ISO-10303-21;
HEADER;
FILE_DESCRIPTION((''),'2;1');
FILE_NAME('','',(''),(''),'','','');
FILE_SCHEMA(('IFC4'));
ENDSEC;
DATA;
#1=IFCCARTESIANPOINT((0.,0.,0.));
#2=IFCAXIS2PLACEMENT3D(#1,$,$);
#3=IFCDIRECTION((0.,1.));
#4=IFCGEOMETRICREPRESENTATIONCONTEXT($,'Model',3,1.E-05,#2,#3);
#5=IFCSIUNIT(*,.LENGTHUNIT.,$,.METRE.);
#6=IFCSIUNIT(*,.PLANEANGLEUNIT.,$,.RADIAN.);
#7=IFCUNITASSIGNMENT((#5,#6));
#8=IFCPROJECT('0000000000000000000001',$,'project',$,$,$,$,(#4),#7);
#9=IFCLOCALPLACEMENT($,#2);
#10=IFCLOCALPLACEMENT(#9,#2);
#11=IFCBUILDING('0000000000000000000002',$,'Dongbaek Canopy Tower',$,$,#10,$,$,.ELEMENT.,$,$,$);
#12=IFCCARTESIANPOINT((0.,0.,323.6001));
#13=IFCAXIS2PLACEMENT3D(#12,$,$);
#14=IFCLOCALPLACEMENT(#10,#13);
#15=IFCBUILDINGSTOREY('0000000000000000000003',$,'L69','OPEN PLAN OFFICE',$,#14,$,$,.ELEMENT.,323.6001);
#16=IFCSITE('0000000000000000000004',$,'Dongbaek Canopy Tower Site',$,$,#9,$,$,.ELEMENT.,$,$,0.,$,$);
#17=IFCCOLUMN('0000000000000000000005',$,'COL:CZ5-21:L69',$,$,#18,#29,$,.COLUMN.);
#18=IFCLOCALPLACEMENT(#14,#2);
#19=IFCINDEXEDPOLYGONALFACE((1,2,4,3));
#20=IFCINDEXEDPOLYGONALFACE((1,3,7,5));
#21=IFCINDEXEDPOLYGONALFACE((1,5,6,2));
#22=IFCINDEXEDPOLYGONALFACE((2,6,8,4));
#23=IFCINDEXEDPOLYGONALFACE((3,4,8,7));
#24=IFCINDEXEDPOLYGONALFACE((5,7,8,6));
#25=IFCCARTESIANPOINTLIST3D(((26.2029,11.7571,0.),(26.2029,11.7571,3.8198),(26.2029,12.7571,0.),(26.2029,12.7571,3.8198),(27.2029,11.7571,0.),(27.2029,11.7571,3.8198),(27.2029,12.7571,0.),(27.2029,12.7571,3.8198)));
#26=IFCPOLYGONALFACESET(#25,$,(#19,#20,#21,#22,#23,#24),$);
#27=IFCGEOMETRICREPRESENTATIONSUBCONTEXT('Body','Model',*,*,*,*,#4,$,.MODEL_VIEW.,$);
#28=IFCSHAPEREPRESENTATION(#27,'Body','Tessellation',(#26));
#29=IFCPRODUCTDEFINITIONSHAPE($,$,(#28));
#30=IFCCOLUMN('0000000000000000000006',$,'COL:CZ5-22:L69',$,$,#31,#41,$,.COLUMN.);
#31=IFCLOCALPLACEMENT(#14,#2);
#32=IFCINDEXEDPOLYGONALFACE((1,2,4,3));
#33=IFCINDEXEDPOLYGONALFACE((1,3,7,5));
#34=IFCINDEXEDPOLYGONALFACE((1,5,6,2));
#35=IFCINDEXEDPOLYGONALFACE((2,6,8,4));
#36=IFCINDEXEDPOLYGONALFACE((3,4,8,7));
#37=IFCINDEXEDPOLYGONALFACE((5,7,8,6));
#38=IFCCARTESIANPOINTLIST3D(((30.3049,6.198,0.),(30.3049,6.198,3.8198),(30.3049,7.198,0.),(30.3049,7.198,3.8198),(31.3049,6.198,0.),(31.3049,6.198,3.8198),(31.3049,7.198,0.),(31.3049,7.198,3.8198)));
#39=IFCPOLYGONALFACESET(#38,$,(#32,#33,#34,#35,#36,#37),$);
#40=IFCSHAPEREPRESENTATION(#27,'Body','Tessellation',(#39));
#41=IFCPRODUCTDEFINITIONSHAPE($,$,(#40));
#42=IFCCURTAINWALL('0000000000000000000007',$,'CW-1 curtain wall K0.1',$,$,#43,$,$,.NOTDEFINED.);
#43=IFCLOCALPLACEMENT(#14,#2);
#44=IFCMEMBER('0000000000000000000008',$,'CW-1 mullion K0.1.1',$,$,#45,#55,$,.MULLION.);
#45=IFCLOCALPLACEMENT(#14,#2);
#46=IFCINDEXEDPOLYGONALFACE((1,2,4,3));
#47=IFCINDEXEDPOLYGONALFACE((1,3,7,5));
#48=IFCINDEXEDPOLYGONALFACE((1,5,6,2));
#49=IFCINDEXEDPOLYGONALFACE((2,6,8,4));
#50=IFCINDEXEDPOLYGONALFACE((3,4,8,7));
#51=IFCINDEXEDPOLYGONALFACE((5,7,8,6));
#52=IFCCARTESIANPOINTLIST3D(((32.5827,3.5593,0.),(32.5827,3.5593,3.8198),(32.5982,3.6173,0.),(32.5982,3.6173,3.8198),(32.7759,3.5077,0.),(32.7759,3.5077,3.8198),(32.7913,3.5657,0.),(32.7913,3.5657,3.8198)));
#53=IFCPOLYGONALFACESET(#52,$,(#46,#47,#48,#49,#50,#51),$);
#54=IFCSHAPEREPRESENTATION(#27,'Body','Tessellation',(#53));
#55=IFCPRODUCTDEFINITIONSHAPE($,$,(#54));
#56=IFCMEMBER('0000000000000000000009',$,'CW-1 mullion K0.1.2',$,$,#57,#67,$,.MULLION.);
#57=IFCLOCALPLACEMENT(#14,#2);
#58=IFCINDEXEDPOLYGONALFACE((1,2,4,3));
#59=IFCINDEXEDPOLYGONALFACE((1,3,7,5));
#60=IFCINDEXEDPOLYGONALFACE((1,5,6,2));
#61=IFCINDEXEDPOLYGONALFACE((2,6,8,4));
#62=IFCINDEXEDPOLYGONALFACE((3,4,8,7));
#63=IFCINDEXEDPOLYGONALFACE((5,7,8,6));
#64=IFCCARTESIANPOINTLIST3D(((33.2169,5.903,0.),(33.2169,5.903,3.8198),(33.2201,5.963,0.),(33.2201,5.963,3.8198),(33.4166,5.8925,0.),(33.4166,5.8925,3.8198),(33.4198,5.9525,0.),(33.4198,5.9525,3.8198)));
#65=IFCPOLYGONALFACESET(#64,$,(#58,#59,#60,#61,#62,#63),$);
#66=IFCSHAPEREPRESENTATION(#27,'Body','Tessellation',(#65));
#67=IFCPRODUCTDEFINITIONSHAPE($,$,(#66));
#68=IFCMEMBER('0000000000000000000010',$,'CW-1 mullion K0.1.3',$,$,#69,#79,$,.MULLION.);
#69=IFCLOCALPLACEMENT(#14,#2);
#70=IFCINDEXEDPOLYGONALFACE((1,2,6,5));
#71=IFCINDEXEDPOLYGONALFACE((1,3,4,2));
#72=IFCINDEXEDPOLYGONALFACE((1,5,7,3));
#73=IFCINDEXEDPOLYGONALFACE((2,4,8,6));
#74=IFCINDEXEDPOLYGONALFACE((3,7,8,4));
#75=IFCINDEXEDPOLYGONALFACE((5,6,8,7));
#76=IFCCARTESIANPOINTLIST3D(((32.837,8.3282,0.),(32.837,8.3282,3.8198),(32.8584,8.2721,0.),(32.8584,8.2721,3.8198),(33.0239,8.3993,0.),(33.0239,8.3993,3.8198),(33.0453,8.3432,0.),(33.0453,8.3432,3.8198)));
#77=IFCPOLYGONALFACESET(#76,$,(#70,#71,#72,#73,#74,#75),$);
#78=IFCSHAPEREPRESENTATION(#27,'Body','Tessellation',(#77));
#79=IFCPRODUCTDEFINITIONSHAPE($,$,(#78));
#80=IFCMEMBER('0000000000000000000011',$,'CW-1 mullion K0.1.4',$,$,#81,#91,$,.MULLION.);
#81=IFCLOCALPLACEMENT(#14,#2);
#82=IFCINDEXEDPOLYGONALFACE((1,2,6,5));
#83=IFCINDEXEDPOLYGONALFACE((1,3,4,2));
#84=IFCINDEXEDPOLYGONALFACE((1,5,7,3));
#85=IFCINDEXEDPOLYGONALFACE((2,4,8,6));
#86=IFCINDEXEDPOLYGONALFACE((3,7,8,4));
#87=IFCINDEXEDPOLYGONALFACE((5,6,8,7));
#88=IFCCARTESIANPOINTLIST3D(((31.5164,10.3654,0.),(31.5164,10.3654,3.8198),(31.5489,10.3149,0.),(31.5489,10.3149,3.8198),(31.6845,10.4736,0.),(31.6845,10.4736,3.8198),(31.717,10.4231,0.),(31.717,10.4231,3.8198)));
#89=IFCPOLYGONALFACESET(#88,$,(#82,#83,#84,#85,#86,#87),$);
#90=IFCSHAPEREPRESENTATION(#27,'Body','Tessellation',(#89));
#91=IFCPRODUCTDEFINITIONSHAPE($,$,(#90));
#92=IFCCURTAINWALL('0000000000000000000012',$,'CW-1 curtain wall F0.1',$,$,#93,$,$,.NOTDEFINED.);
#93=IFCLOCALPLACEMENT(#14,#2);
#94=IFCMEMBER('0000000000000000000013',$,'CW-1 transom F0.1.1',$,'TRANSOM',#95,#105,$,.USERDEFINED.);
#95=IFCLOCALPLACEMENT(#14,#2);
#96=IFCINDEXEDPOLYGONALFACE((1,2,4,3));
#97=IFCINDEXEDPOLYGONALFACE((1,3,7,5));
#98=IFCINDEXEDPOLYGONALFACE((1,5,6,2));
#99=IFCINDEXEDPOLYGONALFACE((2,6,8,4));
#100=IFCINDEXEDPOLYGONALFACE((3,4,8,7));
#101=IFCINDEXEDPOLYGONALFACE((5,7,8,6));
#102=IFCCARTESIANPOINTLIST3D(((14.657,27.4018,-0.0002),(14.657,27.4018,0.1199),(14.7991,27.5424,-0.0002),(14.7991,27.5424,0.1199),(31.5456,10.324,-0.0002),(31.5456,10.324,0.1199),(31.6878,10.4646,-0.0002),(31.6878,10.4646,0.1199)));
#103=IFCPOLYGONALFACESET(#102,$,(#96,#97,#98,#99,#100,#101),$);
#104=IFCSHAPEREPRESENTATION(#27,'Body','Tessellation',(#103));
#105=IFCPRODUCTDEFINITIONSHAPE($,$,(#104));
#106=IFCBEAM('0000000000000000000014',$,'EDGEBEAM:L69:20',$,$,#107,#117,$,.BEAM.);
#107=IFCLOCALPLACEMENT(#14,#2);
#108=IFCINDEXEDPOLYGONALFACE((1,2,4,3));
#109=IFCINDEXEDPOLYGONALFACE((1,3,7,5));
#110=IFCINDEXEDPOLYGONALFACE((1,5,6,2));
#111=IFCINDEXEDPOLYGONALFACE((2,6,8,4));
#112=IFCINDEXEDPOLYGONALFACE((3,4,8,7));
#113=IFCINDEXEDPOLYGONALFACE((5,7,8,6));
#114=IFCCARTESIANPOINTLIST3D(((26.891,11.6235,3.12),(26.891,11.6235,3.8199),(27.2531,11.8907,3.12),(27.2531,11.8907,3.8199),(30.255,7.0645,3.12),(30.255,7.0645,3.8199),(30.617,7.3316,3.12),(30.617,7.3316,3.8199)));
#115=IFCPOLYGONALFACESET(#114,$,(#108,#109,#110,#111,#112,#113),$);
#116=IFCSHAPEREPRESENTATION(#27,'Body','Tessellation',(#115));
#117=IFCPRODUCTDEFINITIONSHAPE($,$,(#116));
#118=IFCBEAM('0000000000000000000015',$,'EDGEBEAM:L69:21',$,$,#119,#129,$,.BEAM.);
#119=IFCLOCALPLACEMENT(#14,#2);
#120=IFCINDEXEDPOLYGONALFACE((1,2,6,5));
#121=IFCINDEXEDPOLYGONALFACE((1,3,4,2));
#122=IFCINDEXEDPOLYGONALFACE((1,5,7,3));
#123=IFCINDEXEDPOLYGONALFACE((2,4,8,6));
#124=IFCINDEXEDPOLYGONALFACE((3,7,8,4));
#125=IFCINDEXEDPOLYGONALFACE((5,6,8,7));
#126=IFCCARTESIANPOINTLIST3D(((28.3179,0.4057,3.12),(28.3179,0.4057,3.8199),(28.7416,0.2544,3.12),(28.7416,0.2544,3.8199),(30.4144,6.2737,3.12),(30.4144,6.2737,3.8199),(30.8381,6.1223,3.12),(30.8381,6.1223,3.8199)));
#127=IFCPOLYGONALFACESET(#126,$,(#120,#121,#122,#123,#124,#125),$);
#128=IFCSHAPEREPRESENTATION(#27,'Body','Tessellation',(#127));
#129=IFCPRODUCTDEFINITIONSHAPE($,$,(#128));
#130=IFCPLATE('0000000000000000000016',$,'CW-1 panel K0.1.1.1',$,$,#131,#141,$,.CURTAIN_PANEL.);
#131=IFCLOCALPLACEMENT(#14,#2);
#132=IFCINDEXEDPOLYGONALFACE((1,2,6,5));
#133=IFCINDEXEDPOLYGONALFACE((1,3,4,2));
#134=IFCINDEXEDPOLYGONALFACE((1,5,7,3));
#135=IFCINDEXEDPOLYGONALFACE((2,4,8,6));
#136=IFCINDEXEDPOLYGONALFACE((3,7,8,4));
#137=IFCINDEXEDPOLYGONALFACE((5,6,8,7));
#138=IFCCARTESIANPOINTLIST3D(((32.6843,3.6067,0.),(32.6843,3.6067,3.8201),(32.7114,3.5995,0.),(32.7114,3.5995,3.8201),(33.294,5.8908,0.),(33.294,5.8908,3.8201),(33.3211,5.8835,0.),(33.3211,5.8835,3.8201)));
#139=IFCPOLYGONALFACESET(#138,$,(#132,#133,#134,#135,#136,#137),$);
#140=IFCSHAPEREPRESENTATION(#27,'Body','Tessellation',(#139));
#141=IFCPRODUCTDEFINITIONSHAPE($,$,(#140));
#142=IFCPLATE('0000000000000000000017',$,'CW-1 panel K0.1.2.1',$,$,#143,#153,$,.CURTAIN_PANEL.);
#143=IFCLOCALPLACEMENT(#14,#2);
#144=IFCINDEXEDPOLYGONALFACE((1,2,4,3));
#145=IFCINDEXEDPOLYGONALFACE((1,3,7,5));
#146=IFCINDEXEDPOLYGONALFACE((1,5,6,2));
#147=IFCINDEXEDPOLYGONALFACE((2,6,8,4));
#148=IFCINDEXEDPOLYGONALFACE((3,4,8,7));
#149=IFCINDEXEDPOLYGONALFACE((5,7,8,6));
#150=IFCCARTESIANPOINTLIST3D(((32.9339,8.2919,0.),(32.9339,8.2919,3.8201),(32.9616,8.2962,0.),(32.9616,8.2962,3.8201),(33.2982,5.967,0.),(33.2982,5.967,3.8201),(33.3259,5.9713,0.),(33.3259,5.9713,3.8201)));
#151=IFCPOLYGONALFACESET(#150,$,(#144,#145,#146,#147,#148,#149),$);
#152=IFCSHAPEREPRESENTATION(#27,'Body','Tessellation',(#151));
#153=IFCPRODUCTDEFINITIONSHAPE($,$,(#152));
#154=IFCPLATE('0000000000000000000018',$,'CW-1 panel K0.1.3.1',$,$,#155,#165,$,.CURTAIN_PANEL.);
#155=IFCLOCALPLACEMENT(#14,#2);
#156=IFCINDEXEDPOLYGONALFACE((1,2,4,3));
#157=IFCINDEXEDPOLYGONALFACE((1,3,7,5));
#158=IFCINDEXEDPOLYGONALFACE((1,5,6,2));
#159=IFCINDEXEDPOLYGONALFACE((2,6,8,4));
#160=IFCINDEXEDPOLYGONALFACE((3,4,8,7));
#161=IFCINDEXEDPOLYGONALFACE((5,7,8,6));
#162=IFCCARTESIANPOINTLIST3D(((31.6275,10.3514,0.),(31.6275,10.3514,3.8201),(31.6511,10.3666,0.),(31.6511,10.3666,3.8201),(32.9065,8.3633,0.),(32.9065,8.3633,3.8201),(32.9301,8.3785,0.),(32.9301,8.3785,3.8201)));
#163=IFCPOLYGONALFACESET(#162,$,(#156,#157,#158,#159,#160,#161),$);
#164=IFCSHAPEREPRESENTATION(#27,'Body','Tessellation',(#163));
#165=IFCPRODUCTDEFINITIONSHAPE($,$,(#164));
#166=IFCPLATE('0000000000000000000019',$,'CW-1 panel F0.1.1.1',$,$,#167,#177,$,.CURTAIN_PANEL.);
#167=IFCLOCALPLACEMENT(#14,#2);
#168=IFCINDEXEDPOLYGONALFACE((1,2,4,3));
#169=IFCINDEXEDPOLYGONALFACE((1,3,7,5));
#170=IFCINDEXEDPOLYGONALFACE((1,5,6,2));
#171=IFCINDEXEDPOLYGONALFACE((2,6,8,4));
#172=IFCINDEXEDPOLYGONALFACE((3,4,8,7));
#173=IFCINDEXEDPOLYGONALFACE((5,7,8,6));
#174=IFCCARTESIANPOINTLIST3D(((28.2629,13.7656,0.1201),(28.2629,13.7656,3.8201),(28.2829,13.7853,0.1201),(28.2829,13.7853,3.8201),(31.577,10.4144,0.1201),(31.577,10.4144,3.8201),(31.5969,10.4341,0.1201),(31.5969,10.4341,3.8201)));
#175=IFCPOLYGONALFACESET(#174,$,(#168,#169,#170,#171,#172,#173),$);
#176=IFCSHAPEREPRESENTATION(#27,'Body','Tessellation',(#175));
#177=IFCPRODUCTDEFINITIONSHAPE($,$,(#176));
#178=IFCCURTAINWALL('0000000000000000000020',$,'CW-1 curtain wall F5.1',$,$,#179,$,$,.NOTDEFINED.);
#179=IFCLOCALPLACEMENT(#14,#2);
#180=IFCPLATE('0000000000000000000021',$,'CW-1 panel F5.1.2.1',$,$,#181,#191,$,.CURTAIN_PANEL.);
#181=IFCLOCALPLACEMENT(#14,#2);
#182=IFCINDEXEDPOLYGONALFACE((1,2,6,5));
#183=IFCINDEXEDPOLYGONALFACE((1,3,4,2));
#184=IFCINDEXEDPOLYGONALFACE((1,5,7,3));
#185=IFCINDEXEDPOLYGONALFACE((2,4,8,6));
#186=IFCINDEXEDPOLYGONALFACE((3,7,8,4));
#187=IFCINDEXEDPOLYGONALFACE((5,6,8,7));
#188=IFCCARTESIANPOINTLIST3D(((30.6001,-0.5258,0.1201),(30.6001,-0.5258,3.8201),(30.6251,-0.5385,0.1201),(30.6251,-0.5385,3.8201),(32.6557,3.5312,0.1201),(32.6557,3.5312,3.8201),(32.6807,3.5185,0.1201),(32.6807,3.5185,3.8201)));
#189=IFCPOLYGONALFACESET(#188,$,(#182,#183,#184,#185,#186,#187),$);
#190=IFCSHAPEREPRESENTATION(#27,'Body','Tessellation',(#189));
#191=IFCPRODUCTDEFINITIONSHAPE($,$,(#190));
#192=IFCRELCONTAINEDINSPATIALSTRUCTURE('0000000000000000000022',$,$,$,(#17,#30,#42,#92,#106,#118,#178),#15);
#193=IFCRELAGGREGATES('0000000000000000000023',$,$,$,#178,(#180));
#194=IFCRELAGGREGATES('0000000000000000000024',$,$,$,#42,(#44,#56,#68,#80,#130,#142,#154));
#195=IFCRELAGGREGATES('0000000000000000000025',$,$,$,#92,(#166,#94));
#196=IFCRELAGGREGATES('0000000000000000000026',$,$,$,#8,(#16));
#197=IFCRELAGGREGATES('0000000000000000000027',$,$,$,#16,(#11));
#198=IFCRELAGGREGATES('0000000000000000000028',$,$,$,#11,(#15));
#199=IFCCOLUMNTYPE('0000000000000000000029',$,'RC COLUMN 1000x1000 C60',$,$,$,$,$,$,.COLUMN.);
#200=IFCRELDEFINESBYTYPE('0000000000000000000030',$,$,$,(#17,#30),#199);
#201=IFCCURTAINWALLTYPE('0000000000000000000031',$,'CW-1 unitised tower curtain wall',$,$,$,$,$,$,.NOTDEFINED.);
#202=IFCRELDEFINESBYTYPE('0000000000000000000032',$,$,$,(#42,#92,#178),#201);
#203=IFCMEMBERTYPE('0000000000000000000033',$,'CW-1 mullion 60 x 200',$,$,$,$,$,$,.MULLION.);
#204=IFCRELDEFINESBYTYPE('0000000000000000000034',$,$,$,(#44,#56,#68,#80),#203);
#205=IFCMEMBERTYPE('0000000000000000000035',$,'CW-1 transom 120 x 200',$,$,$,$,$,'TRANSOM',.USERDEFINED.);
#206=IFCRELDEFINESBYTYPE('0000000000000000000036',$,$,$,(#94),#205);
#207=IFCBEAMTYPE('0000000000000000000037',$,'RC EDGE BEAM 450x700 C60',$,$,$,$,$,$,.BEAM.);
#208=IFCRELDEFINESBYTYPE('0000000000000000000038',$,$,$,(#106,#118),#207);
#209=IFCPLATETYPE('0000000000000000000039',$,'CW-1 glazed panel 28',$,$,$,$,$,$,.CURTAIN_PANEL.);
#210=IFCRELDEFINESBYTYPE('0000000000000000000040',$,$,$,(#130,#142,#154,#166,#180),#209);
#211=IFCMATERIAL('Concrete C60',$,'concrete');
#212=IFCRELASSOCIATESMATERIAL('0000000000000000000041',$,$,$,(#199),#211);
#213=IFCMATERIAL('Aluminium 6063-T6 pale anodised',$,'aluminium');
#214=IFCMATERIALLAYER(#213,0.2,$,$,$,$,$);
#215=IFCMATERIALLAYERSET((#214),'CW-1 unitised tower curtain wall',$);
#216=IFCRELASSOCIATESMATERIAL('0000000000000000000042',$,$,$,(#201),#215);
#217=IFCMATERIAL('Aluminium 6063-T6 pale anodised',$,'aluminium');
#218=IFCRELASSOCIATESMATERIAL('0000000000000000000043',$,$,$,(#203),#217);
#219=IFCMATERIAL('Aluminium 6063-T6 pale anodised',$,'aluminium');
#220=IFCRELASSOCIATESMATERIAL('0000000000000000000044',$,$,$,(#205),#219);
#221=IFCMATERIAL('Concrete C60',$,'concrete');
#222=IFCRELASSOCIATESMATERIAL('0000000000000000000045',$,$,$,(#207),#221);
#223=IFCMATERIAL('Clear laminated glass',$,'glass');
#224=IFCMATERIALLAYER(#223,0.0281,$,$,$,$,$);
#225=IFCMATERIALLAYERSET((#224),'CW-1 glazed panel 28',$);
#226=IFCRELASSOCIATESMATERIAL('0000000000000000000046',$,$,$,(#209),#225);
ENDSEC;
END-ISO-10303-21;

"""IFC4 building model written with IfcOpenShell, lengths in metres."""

from ifc_helpers import new_model, si_unit, direction, frame, origin, origin_2d, place, context, subcontext, project, spatial, rectangle, extrude, material, layer, layer_set, material_profile, profile_set, type_object, element, aggregate, save


model = new_model("IFC4")

# Units and contexts
model_context = context("Model", 3, precision=1e-05, world=origin(), true_north=direction((0.0, 1.0)))
body_context = subcontext(model_context, "Body", "Model", "MODEL_VIEW")
ifc_project = project(units=[si_unit("LENGTHUNIT", "METRE"), si_unit("PLANEANGLEUNIT", "RADIAN")], contexts=[model_context])

# Site, building, storey
site_placement = place(None, origin())
site = spatial("IfcSite", under=ifc_project, at=site_placement, Name="Dongbaek Canopy Tower Site", CompositionType="ELEMENT", RefElevation=0.0)
building_placement = place(site_placement, origin())
building = spatial("IfcBuilding", under=site, at=building_placement, Name="Dongbaek Canopy Tower", CompositionType="ELEMENT")
storey_placement = place(building_placement, frame((0.0, 0.0, 323.6001)))
storey = spatial("IfcBuildingStorey", under=building, at=storey_placement, Name="L69", Description="OPEN PLAN OFFICE", CompositionType="ELEMENT", Elevation=323.6001)

# Columns
ifc_material_1 = material(Name="Concrete C60", Category="concrete")
ifc_material_profile_1 = material_profile(ifc_material_1, rectangle(XDim=1.0, YDim=1.0, at=origin_2d()), Name="RC COLUMN 1000x1000 C60")
ifc_profile_set_1 = profile_set([ifc_material_profile_1], Name="Concrete C60")
column_type = type_object("IfcColumnType", Name="RC COLUMN 1000x1000 C60", PredefinedType="COLUMN", material=ifc_profile_set_1)
for number, where, z_axis, x_axis, name in (
    (1, (26.7029, 12.2571, 0.0), (0.0, 0.0, 1.0), (1.0, 0.0, 0.0), "COL:CZ5-21:L69"),
    (2, (30.8049, 6.698, 0.0), (0.0, 0.0, 1.0), (1.0, 0.0, 0.0), "COL:CZ5-22:L69"),
):
    element("IfcColumn", number, at=place(storey_placement, frame(where, z_axis=z_axis, x_axis=x_axis)), inside=storey, type_object=column_type, Name=name, PredefinedType="COLUMN", context=body_context, shape_type="SweptSolid", body=[
        extrude(rectangle(XDim=1.0, YDim=1.0, at=origin_2d()), origin(), (0.0, 0.0, 1.0), 3.8198),
    ])

# Curtain wall, members
ifc_material_2 = material(Name="Aluminium 6063-T6 pale anodised", Category="aluminium")
ifc_layer_1 = layer(ifc_material_2, 0.2)
ifc_layer_set_1 = layer_set([ifc_layer_1], Name="CW-1 unitised tower curtain wall")
curtain_wall_type = type_object("IfcCurtainWallType", Name="CW-1 unitised tower curtain wall", PredefinedType="NOTDEFINED", material=ifc_layer_set_1)
curtain_wall_1_placement = place(storey_placement, origin())
curtain_wall_1 = element("IfcCurtainWall", 3, at=curtain_wall_1_placement, inside=storey, type_object=curtain_wall_type, Name="CW-1 curtain wall K0.1", PredefinedType="NOTDEFINED")
ifc_material_3 = material(Name="Aluminium 6063-T6 pale anodised", Category="aluminium")
ifc_material_profile_2 = material_profile(ifc_material_3, rectangle(XDim=0.2, YDim=0.0601, at=origin_2d()), Name="CW-1 mullion 60 x 200")
ifc_profile_set_2 = profile_set([ifc_material_profile_2], Name="Aluminium 6063-T6 pale anodised")
member_type_1 = type_object("IfcMemberType", Name="CW-1 mullion 60 x 200", PredefinedType="MULLION", material=ifc_profile_set_2)
member_1_placement = place(storey_placement, frame((32.687, 3.5625, 0.0), z_axis=(0.0, 0.0, 1.0), x_axis=(0.966174, -0.257892, 0.0)))
member_1 = element("IfcMember", 4, at=member_1_placement, type_object=member_type_1, Name="CW-1 mullion K0.1.1", PredefinedType="MULLION", context=body_context, shape_type="SweptSolid", body=[
    extrude(rectangle(XDim=0.2, YDim=0.0601, at=origin_2d()), origin(), (0.0, 0.0, 1.0), 3.8198),
])
member_2_placement = place(storey_placement, frame((33.3184, 5.9277, 0.0), z_axis=(0.0, 0.0, 1.0), x_axis=(0.998611, -0.052682, 0.0)))
member_2 = element("IfcMember", 5, at=member_2_placement, type_object=member_type_1, Name="CW-1 mullion K0.1.2", PredefinedType="MULLION", context=body_context, shape_type="SweptSolid", body=[
    extrude(rectangle(XDim=0.2, YDim=0.0601, at=origin_2d()), origin(), (0.0, 0.0, 1.0), 3.8198),
])
member_3_placement = place(storey_placement, frame((32.9412, 8.3357, 0.0), z_axis=(0.0, 0.0, 1.0), x_axis=(0.934637, 0.355604, 0.0)))
member_3 = element("IfcMember", 6, at=member_3_placement, type_object=member_type_1, Name="CW-1 mullion K0.1.3", PredefinedType="MULLION", context=body_context, shape_type="SweptSolid", body=[
    extrude(rectangle(XDim=0.2, YDim=0.0601, at=origin_2d()), origin(), (0.0, 0.0, 1.0), 3.8198),
])
member_4_placement = place(storey_placement, frame((31.6167, 10.3943, 0.0), z_axis=(0.0, 0.0, 1.0), x_axis=(0.840986, 0.541057, 0.0)))
member_4 = element("IfcMember", 7, at=member_4_placement, type_object=member_type_1, Name="CW-1 mullion K0.1.4", PredefinedType="MULLION", context=body_context, shape_type="SweptSolid", body=[
    extrude(rectangle(XDim=0.2, YDim=0.0601, at=origin_2d()), origin(), (0.0, 0.0, 1.0), 3.8198),
])

# Curtain wall, member
curtain_wall_2_placement = place(storey_placement, origin())
curtain_wall_2 = element("IfcCurtainWall", 8, at=curtain_wall_2_placement, inside=storey, type_object=curtain_wall_type, Name="CW-1 curtain wall F0.1", PredefinedType="NOTDEFINED")
ifc_material_4 = material(Name="Aluminium 6063-T6 pale anodised", Category="aluminium")
ifc_material_profile_3 = material_profile(ifc_material_4, rectangle(XDim=0.2, YDim=0.1201, at=origin_2d()), Name="CW-1 transom 120 x 200")
ifc_profile_set_3 = profile_set([ifc_material_profile_3], Name="Aluminium 6063-T6 pale anodised")
member_type_2 = type_object("IfcMemberType", Name="CW-1 transom 120 x 200", ElementType="TRANSOM", PredefinedType="USERDEFINED", material=ifc_profile_set_3)
member_5_placement = place(storey_placement, frame((31.6167, 10.3943, 0.0598), z_axis=(-0.703157, 0.711035, 0.0), x_axis=(-0.711035, -0.703157, 0.0)))
member_5 = element("IfcMember", 9, at=member_5_placement, type_object=member_type_2, Name="CW-1 transom F0.1.1", ObjectType="TRANSOM", PredefinedType="USERDEFINED", context=body_context, shape_type="SweptSolid", body=[
    extrude(rectangle(XDim=0.2, YDim=0.1201, at=origin_2d()), origin(), (0.0, 0.0, 1.0), 24.0183),
])

# Beams
ifc_material_5 = material(Name="Concrete C60", Category="concrete")
ifc_material_profile_4 = material_profile(ifc_material_5, rectangle(XDim=0.45, YDim=0.7, at=origin_2d()), Name="RC EDGE BEAM 450x700 C60")
ifc_profile_set_4 = profile_set([ifc_material_profile_4], Name="Concrete C60")
beam_type = type_object("IfcBeamType", Name="RC EDGE BEAM 450x700 C60", PredefinedType="BEAM", material=ifc_profile_set_4)
beam_1_placement = place(storey_placement, frame((27.072, 11.7571, 3.47), z_axis=(0.593735, -0.80466, 0.0), x_axis=(0.80466, 0.593735, 0.0)))
element("IfcBeam", 10, at=beam_1_placement, inside=storey, type_object=beam_type, Name="EDGEBEAM:L69:20", PredefinedType="BEAM", context=body_context, shape_type="SweptSolid", body=[
    extrude(rectangle(XDim=0.45, YDim=0.7, at=origin_2d()), origin(), (0.0, 0.0, 1.0), 5.6658),
])
beam_2_placement = place(storey_placement, frame((30.6262, 6.198, 3.47), z_axis=(-0.336443, -0.941704, 0.0), x_axis=(0.941704, -0.336443, 0.0)))
element("IfcBeam", 11, at=beam_2_placement, inside=storey, type_object=beam_type, Name="EDGEBEAM:L69:21", PredefinedType="BEAM", context=body_context, shape_type="SweptSolid", body=[
    extrude(rectangle(XDim=0.45, YDim=0.7, at=origin_2d()), origin(), (0.0, 0.0, 1.0), 6.2312),
])

# Plates
ifc_material_6 = material(Name="Clear laminated glass", Category="glass")
ifc_layer_2 = layer(ifc_material_6, 0.0281)
ifc_layer_set_2 = layer_set([ifc_layer_2], Name="CW-1 glazed panel 28")
plate_type = type_object("IfcPlateType", Name="CW-1 glazed panel 28", PredefinedType="CURTAIN_PANEL", material=ifc_layer_set_2)
plate_1_placement = place(storey_placement, frame((33.0027, 4.7451, 0.0), z_axis=(0.0, 0.0, 1.0), x_axis=(0.257892, 0.966174, 0.0)))
plate_1 = element("IfcPlate", 12, at=plate_1_placement, type_object=plate_type, Name="CW-1 panel K0.1.1.1", PredefinedType="CURTAIN_PANEL", context=body_context, shape_type="SweptSolid", body=[
    extrude(rectangle(XDim=2.364, YDim=0.0281, at=origin_2d()), origin(), (0.0, 0.0, 1.0), 3.8201),
])
plate_2_placement = place(storey_placement, frame((33.1299, 7.1316, 0.0), z_axis=(0.0, 0.0, 1.0), x_axis=(-0.154802, 0.987945, 0.0)))
plate_2 = element("IfcPlate", 13, at=plate_2_placement, type_object=plate_type, Name="CW-1 panel K0.1.2.1", PredefinedType="CURTAIN_PANEL", context=body_context, shape_type="SweptSolid", body=[
    extrude(rectangle(XDim=2.3533, YDim=0.0281, at=origin_2d()), origin(), (0.0, 0.0, 1.0), 3.8201),
])
plate_3_placement = place(storey_placement, frame((32.2788, 9.365, 0.0), z_axis=(0.0, 0.0, 1.0), x_axis=(-0.541057, 0.840986, 0.0)))
plate_3 = element("IfcPlate", 14, at=plate_3_placement, type_object=plate_type, Name="CW-1 panel K0.1.3.1", PredefinedType="CURTAIN_PANEL", context=body_context, shape_type="SweptSolid", body=[
    extrude(rectangle(XDim=2.364, YDim=0.0281, at=origin_2d()), origin(), (0.0, 0.0, 1.0), 3.8201),
])
plate_4_placement = place(storey_placement, frame((29.9299, 12.0999, 0.1201), z_axis=(0.0, 0.0, 1.0), x_axis=(-0.703156, 0.711035, 0.0)))
plate_4 = element("IfcPlate", 15, at=plate_4_placement, type_object=plate_type, Name="CW-1 panel F0.1.1.1", PredefinedType="CURTAIN_PANEL", context=body_context, shape_type="SweptSolid", body=[
    extrude(rectangle(XDim=4.7131, YDim=0.0281, at=origin_2d()), origin(), (0.0, 0.0, 1.0), 3.7),
])

# Curtain wall, plate
curtain_wall_3_placement = place(storey_placement, origin())
curtain_wall_3 = element("IfcCurtainWall", 16, at=curtain_wall_3_placement, inside=storey, type_object=curtain_wall_type, Name="CW-1 curtain wall F5.1", PredefinedType="NOTDEFINED")
plate_5_placement = place(storey_placement, frame((31.6404, 1.4963, 0.1201), z_axis=(0.0, 0.0, 1.0), x_axis=(0.45197, 0.892033, 0.0)))
plate_5 = element("IfcPlate", 17, at=plate_5_placement, type_object=plate_type, Name="CW-1 panel F5.1.2.1", PredefinedType="CURTAIN_PANEL", context=body_context, shape_type="SweptSolid", body=[
    extrude(rectangle(XDim=4.5481, YDim=0.0281, at=origin_2d()), origin(), (0.0, 0.0, 1.0), 3.7),
])
aggregate(curtain_wall_3, [plate_5])

aggregate(curtain_wall_1, [member_1, member_2, member_3, member_4, plate_1, plate_2, plate_3])
aggregate(curtain_wall_2, [plate_4, member_5])

save(model, "model.ifc")
